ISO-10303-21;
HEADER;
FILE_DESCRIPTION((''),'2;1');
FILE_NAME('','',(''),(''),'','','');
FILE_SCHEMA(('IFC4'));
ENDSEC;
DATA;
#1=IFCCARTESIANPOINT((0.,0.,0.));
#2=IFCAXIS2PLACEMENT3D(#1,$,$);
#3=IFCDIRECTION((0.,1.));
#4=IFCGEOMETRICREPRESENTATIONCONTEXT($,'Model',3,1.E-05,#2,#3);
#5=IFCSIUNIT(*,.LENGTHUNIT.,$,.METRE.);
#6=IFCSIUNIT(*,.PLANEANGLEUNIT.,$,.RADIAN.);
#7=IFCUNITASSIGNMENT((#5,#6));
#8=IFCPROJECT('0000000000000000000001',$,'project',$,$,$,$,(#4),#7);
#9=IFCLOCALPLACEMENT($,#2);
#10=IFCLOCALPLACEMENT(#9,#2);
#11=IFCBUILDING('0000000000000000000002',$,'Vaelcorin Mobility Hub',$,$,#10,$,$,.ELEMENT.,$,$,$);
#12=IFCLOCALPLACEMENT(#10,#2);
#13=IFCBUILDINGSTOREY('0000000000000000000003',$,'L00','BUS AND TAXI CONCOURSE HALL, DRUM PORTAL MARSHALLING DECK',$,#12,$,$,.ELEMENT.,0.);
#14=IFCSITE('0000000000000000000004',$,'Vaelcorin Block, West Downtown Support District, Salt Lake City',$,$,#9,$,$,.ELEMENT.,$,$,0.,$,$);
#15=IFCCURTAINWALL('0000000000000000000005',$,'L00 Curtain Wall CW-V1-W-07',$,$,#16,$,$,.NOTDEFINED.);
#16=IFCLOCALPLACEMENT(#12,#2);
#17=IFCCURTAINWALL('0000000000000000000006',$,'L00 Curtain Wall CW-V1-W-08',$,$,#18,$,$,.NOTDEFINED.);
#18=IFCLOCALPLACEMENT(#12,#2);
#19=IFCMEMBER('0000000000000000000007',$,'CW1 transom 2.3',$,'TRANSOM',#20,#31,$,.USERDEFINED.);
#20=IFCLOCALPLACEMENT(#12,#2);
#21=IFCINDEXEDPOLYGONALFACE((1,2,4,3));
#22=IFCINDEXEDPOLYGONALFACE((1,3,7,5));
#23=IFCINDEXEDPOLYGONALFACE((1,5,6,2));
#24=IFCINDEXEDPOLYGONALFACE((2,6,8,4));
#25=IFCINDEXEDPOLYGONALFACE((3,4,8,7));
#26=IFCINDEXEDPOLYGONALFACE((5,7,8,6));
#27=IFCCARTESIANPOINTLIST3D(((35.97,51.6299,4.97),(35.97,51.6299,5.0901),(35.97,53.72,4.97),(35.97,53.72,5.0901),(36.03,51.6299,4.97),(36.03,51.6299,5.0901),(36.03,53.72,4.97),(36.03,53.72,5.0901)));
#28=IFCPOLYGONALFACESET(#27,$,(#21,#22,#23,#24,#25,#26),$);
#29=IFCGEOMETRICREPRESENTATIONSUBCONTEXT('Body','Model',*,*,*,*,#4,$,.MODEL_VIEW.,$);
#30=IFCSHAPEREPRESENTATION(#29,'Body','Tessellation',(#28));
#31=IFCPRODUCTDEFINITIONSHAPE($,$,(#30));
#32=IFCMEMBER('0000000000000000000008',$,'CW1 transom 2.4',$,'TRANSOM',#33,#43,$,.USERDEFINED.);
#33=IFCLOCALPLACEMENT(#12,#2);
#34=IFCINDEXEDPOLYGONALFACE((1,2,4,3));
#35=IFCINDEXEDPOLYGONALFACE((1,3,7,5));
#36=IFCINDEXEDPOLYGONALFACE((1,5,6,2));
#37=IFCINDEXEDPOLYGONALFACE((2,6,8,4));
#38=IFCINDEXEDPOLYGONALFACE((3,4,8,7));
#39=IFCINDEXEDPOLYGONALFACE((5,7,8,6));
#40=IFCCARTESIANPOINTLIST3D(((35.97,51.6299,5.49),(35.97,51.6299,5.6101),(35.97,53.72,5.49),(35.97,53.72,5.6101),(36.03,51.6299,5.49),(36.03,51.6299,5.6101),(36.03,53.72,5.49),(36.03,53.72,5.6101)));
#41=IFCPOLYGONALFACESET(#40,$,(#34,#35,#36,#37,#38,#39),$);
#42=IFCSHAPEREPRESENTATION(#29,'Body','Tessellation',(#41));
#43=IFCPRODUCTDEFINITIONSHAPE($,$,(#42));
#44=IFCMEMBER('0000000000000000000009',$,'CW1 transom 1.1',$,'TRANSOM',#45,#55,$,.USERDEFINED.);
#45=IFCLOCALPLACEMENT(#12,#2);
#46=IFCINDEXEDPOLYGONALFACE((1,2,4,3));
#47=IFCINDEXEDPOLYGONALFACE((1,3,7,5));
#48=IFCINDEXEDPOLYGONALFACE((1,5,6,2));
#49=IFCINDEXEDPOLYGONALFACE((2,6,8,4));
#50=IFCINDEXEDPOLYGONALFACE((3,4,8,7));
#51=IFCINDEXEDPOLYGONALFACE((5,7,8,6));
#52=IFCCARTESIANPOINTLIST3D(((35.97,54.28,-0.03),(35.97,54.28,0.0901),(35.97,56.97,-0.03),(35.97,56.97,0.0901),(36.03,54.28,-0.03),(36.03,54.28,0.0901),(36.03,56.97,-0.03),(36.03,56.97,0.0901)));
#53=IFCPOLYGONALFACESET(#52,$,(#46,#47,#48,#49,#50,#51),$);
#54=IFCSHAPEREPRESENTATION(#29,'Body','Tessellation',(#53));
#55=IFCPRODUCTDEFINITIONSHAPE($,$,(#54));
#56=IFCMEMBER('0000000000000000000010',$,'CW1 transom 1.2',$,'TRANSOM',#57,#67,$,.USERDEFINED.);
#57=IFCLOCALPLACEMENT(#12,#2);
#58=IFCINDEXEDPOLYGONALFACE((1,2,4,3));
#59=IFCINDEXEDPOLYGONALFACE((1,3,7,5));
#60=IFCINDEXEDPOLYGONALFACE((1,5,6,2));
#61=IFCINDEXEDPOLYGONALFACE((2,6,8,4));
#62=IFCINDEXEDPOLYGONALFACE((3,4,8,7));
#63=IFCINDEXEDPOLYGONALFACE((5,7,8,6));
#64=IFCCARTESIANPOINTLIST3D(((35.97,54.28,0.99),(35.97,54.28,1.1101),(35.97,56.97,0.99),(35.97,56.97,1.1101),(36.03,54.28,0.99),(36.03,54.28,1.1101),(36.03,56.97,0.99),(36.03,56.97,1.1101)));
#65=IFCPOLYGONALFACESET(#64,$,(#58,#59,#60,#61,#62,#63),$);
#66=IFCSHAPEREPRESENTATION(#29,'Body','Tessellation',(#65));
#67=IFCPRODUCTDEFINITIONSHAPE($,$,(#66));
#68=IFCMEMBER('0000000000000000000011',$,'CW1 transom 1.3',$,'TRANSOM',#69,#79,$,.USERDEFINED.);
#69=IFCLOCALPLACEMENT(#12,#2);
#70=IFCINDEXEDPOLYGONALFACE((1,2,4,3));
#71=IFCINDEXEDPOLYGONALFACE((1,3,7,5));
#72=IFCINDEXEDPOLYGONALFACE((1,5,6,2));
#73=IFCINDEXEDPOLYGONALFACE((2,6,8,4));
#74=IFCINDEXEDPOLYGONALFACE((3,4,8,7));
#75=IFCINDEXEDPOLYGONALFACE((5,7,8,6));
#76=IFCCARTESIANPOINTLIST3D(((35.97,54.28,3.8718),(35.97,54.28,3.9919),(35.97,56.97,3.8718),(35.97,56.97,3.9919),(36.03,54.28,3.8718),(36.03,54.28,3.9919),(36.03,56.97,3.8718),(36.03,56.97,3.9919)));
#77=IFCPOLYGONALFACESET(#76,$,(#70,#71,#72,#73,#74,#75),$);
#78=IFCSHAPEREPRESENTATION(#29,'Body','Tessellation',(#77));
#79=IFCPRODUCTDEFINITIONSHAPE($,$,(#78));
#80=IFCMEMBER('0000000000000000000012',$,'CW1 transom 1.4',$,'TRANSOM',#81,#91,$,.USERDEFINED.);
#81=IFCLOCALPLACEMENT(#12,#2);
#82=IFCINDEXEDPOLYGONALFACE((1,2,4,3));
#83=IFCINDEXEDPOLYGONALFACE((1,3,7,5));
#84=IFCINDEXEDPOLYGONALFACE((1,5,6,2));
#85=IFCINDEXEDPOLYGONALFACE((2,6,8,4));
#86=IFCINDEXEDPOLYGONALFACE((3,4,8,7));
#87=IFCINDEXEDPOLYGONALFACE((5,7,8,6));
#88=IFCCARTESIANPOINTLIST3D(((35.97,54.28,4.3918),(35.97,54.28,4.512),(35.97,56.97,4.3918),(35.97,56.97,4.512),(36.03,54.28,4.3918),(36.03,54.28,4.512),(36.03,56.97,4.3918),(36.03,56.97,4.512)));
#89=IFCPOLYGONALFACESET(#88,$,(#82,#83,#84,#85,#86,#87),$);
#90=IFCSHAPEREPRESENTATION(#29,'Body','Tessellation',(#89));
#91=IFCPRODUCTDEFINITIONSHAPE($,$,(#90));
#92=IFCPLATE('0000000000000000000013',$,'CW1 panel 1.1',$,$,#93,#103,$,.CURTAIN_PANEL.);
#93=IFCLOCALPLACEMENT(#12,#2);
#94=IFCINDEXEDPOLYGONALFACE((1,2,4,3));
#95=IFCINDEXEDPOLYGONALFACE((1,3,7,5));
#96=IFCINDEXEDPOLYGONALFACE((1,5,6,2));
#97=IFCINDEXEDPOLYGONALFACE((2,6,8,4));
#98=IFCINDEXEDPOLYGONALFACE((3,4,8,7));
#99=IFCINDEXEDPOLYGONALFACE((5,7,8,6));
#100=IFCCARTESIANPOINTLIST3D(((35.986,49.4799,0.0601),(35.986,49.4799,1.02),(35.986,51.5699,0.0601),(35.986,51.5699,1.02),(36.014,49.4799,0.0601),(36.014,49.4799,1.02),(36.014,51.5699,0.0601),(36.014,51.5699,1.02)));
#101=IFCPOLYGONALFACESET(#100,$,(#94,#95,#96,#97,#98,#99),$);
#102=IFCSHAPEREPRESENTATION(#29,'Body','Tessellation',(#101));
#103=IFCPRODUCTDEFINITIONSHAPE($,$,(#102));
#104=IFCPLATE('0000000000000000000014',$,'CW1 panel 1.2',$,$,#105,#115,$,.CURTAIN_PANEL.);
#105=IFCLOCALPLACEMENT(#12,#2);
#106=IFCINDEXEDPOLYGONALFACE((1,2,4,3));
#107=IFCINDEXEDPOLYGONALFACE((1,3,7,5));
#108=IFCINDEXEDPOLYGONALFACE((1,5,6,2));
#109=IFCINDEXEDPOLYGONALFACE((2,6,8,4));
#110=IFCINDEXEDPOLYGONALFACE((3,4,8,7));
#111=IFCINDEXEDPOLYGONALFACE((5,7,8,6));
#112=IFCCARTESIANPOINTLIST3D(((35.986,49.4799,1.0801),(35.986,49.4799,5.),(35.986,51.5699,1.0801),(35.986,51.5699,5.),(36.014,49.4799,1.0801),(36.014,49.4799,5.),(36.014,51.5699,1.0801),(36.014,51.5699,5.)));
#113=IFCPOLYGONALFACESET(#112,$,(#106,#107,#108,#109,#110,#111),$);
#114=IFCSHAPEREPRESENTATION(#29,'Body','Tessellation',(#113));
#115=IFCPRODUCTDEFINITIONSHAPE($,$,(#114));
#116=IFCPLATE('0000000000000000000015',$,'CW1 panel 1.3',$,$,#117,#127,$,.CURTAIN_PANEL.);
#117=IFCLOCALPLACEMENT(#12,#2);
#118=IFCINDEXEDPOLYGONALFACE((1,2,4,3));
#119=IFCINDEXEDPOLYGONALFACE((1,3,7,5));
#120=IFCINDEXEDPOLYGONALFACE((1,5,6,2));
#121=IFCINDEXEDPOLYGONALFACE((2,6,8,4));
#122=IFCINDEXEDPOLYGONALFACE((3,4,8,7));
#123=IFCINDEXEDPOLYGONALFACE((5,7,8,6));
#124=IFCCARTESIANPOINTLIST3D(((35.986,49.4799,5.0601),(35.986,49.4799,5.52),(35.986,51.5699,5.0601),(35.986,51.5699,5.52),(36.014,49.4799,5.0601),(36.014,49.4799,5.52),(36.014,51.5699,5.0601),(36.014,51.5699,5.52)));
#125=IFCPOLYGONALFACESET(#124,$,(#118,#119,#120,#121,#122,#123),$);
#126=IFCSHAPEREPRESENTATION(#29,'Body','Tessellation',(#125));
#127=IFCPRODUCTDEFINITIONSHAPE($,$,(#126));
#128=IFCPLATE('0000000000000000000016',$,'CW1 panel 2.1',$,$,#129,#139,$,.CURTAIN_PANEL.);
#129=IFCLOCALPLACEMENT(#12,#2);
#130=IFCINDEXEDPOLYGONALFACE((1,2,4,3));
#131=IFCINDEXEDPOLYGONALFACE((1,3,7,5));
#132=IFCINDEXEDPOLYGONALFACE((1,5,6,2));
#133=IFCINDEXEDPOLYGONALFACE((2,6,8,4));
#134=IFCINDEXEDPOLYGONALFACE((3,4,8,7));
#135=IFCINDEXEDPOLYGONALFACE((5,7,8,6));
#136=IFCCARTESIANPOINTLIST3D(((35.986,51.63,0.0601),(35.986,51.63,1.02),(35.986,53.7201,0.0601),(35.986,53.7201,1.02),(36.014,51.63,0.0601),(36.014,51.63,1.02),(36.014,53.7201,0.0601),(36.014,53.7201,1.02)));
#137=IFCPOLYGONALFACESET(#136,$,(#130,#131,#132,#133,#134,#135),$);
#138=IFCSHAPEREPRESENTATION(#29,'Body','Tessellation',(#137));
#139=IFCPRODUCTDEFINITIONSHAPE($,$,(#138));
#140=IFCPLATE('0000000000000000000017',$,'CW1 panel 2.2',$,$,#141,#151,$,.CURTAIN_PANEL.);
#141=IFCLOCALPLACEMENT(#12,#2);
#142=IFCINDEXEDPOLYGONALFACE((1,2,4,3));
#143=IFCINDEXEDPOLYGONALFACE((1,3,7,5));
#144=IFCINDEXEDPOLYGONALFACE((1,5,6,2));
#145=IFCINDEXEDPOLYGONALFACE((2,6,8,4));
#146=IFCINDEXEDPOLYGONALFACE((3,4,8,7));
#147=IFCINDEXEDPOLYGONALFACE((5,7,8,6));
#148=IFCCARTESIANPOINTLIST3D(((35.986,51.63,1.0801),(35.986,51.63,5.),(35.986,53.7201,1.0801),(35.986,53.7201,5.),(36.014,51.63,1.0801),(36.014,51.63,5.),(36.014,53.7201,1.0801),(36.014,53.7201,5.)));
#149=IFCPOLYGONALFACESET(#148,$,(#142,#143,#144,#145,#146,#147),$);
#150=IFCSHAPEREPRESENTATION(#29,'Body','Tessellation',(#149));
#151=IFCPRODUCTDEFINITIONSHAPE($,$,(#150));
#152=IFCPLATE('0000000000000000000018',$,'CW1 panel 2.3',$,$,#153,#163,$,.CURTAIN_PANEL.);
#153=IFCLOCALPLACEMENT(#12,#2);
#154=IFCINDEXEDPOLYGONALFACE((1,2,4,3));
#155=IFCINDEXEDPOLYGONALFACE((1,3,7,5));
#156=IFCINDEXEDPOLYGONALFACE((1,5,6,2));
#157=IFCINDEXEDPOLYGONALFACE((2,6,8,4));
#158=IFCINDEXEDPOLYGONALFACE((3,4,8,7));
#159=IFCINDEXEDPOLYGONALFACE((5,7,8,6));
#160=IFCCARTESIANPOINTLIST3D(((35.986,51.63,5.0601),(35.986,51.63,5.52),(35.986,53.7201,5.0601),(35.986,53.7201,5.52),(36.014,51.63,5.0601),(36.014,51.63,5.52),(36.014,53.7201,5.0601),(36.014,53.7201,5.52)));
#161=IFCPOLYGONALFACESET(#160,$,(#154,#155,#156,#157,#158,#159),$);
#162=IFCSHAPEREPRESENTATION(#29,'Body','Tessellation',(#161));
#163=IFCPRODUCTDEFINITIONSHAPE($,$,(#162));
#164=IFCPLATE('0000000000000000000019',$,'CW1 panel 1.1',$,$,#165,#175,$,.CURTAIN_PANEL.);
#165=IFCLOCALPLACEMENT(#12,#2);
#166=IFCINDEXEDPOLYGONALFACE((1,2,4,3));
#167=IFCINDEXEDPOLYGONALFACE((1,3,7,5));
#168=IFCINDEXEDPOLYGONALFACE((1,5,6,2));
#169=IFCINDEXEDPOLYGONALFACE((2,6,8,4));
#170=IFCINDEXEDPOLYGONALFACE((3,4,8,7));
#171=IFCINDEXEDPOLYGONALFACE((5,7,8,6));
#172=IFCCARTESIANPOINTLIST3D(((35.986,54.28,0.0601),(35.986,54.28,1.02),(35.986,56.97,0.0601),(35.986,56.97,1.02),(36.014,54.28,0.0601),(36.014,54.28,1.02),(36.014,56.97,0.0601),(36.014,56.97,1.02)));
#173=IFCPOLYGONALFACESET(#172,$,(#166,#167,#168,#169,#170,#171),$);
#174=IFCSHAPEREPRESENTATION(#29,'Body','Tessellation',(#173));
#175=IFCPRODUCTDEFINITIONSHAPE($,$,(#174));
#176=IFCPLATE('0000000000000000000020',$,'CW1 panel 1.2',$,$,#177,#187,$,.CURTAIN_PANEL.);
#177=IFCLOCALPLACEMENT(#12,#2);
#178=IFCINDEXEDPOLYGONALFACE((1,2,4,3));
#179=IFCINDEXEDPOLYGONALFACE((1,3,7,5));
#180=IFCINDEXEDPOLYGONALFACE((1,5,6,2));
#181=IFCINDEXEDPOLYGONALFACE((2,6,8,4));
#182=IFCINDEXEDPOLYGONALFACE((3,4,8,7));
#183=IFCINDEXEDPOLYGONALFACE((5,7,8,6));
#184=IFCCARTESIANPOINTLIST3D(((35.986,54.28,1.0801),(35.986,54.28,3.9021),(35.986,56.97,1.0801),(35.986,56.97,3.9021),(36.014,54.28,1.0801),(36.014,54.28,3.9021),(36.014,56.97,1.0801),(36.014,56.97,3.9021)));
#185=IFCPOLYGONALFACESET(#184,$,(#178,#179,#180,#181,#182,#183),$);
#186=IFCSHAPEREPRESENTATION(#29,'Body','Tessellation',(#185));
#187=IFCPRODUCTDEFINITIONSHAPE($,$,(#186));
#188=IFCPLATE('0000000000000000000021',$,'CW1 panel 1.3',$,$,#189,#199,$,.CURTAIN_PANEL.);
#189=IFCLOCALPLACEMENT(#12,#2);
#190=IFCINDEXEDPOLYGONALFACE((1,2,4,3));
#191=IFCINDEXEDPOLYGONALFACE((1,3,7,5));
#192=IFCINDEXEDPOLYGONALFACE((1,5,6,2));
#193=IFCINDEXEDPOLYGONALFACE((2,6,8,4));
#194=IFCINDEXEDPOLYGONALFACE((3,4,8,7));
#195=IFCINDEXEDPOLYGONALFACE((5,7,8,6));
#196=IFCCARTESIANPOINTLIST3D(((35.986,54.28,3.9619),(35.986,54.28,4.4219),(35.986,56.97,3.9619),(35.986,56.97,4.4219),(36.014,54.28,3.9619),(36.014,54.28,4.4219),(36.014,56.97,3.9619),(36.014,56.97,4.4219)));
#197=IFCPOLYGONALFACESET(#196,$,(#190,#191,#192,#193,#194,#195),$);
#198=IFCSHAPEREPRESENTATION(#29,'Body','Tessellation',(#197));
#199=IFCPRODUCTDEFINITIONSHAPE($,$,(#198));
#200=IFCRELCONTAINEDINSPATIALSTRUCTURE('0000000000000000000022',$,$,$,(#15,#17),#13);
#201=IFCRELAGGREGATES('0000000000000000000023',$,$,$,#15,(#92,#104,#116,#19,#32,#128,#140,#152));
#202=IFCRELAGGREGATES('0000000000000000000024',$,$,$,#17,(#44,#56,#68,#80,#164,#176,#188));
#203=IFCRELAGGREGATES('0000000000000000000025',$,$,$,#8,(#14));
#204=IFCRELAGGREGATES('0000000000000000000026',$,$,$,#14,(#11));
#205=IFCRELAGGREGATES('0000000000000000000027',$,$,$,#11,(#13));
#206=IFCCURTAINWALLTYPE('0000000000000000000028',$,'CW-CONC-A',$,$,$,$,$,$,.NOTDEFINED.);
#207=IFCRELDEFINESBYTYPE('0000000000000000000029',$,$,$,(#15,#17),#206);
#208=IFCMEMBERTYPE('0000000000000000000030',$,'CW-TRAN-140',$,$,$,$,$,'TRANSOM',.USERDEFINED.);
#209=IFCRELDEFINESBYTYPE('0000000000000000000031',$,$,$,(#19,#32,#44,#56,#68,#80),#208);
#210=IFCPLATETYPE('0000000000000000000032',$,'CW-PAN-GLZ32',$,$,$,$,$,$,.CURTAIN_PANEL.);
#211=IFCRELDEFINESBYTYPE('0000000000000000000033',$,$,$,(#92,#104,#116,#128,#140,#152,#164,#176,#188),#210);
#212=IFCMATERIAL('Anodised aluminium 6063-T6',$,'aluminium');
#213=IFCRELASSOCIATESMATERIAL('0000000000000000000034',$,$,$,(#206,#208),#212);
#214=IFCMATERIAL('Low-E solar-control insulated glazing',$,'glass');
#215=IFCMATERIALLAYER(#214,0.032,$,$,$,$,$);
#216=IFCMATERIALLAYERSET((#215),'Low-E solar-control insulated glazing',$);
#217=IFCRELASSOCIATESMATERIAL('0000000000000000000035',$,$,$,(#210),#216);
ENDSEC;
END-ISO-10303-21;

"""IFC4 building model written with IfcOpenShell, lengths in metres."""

from ifc_helpers import new_model, si_unit, direction, frame, origin, origin_2d, place, context, subcontext, project, spatial, rectangle, extrude, material, layer, layer_set, material_profile, profile_set, type_object, element, aggregate, save


model = new_model("IFC4")

# Units and contexts
model_context = context("Model", 3, precision=1e-05, world=origin(), true_north=direction((0.0, 1.0)))
body_context = subcontext(model_context, "Body", "Model", "MODEL_VIEW")
ifc_project = project(units=[si_unit("LENGTHUNIT", "METRE"), si_unit("PLANEANGLEUNIT", "RADIAN")], contexts=[model_context])

# Site, building, storey
site_placement = place(None, origin())
site = spatial("IfcSite", under=ifc_project, at=site_placement, Name="Vaelcorin Block, West Downtown Support District, Salt Lake City", CompositionType="ELEMENT", RefElevation=0.0)
building_placement = place(site_placement, origin())
building = spatial("IfcBuilding", under=site, at=building_placement, Name="Vaelcorin Mobility Hub", CompositionType="ELEMENT")
storey_placement = place(building_placement, origin())
storey = spatial("IfcBuildingStorey", under=building, at=storey_placement, Name="L00", Description="BUS AND TAXI CONCOURSE HALL, DRUM PORTAL MARSHALLING DECK", CompositionType="ELEMENT", Elevation=0.0)

# Curtain walls
ifc_material_1 = material(Name="Anodised aluminium 6063-T6", Category="aluminium")
curtain_wall_type = type_object("IfcCurtainWallType", Name="CW-CONC-A", PredefinedType="NOTDEFINED", material=ifc_material_1)
curtain_wall_1_placement = place(storey_placement, origin())
curtain_wall_1 = element("IfcCurtainWall", 1, at=curtain_wall_1_placement, inside=storey, type_object=curtain_wall_type, Name="L00 Curtain Wall CW-V1-W-07", PredefinedType="NOTDEFINED")
curtain_wall_2_placement = place(storey_placement, origin())
curtain_wall_2 = element("IfcCurtainWall", 2, at=curtain_wall_2_placement, inside=storey, type_object=curtain_wall_type, Name="L00 Curtain Wall CW-V1-W-08", PredefinedType="NOTDEFINED")

# Members
ifc_material_profile_1 = material_profile(ifc_material_1, rectangle(XDim=0.0601, YDim=0.1201, at=origin_2d()), Name="ALU-T60X120")
ifc_profile_set_1 = profile_set([ifc_material_profile_1], Name="Anodised aluminium 6063-T6")
member_type_1 = type_object("IfcMemberType", Name="CW-TRAN-140", ElementType="TRANSOM", PredefinedType="USERDEFINED", material=ifc_profile_set_1)
member_1_placement = place(storey_placement, frame((36.0, 51.6299, 5.03), z_axis=(0.0, 1.0, 0.0), x_axis=(-1.0, 0.0, 0.0)))
member_1 = element("IfcMember", 3, at=member_1_placement, type_object=member_type_1, Name="CW1 transom 2.3", ObjectType="TRANSOM", PredefinedType="USERDEFINED", context=body_context, shape_type="SweptSolid", body=[
    extrude(rectangle(XDim=0.0601, YDim=0.1201, at=origin_2d()), origin(), (0.0, 0.0, 1.0), 2.0901),
])
member_2_placement = place(storey_placement, frame((36.0, 51.6299, 5.55), z_axis=(0.0, 1.0, 0.0), x_axis=(-1.0, 0.0, 0.0)))
member_2 = element("IfcMember", 4, at=member_2_placement, type_object=member_type_1, Name="CW1 transom 2.4", ObjectType="TRANSOM", PredefinedType="USERDEFINED", context=body_context, shape_type="SweptSolid", body=[
    extrude(rectangle(XDim=0.0601, YDim=0.1201, at=origin_2d()), origin(), (0.0, 0.0, 1.0), 2.0901),
])
member_3_placement = place(storey_placement, frame((36.0, 54.28, 0.03), z_axis=(0.0, 1.0, 0.0), x_axis=(-1.0, 0.0, 0.0)))
member_3 = element("IfcMember", 5, at=member_3_placement, type_object=member_type_1, Name="CW1 transom 1.1", ObjectType="TRANSOM", PredefinedType="USERDEFINED", context=body_context, shape_type="SweptSolid", body=[
    extrude(rectangle(XDim=0.0601, YDim=0.1201, at=origin_2d()), origin(), (0.0, 0.0, 1.0), 2.6899),
])
member_4_placement = place(storey_placement, frame((36.0, 54.28, 1.05), z_axis=(0.0, 1.0, 0.0), x_axis=(-1.0, 0.0, 0.0)))
member_4 = element("IfcMember", 6, at=member_4_placement, type_object=member_type_1, Name="CW1 transom 1.2", ObjectType="TRANSOM", PredefinedType="USERDEFINED", context=body_context, shape_type="SweptSolid", body=[
    extrude(rectangle(XDim=0.0601, YDim=0.1201, at=origin_2d()), origin(), (0.0, 0.0, 1.0), 2.6899),
])
member_5_placement = place(storey_placement, frame((36.0, 54.28, 3.9319), z_axis=(0.0, 1.0, 0.0), x_axis=(-1.0, 0.0, 0.0)))
member_5 = element("IfcMember", 7, at=member_5_placement, type_object=member_type_1, Name="CW1 transom 1.3", ObjectType="TRANSOM", PredefinedType="USERDEFINED", context=body_context, shape_type="SweptSolid", body=[
    extrude(rectangle(XDim=0.0601, YDim=0.1201, at=origin_2d()), origin(), (0.0, 0.0, 1.0), 2.6899),
])
member_6_placement = place(storey_placement, frame((36.0, 54.28, 4.4519), z_axis=(0.0, 1.0, 0.0), x_axis=(-1.0, 0.0, 0.0)))
member_6 = element("IfcMember", 8, at=member_6_placement, type_object=member_type_1, Name="CW1 transom 1.4", ObjectType="TRANSOM", PredefinedType="USERDEFINED", context=body_context, shape_type="SweptSolid", body=[
    extrude(rectangle(XDim=0.0601, YDim=0.1201, at=origin_2d()), origin(), (0.0, 0.0, 1.0), 2.6899),
])

# Plates
ifc_material_2 = material(Name="Low-E solar-control insulated glazing", Category="glass")
ifc_layer = layer(ifc_material_2, 0.032)
ifc_layer_set = layer_set([ifc_layer], Name="Low-E solar-control insulated glazing")
plate_type = type_object("IfcPlateType", Name="CW-PAN-GLZ32", PredefinedType="CURTAIN_PANEL", material=ifc_layer_set)
plate_1_placement = place(storey_placement, frame((36.0, 50.5249, 0.0601), z_axis=(0.0, 0.0, 1.0), x_axis=(0.0, 1.0, 0.0)))
plate_1 = element("IfcPlate", 9, at=plate_1_placement, type_object=plate_type, Name="CW1 panel 1.1", PredefinedType="CURTAIN_PANEL", context=body_context, shape_type="SweptSolid", body=[
    extrude(rectangle(XDim=2.0901, YDim=0.0281, at=origin_2d()), origin(), (0.0, 0.0, 1.0), 0.96),
])
plate_2_placement = place(storey_placement, frame((36.0, 50.5249, 1.0801), z_axis=(0.0, 0.0, 1.0), x_axis=(0.0, 1.0, 0.0)))
plate_2 = element("IfcPlate", 10, at=plate_2_placement, type_object=plate_type, Name="CW1 panel 1.2", PredefinedType="CURTAIN_PANEL", context=body_context, shape_type="SweptSolid", body=[
    extrude(rectangle(XDim=2.0901, YDim=0.0281, at=origin_2d()), origin(), (0.0, 0.0, 1.0), 3.9199),
])
plate_3_placement = place(storey_placement, frame((36.0, 50.5249, 5.0601), z_axis=(0.0, 0.0, 1.0), x_axis=(0.0, 1.0, 0.0)))
plate_3 = element("IfcPlate", 11, at=plate_3_placement, type_object=plate_type, Name="CW1 panel 1.3", PredefinedType="CURTAIN_PANEL", context=body_context, shape_type="SweptSolid", body=[
    extrude(rectangle(XDim=2.0901, YDim=0.0281, at=origin_2d()), origin(), (0.0, 0.0, 1.0), 0.46),
])
plate_4_placement = place(storey_placement, frame((36.0, 52.675, 0.0601), z_axis=(0.0, 0.0, 1.0), x_axis=(0.0, 1.0, 0.0)))
plate_4 = element("IfcPlate", 12, at=plate_4_placement, type_object=plate_type, Name="CW1 panel 2.1", PredefinedType="CURTAIN_PANEL", context=body_context, shape_type="SweptSolid", body=[
    extrude(rectangle(XDim=2.0901, YDim=0.0281, at=origin_2d()), origin(), (0.0, 0.0, 1.0), 0.96),
])
plate_5_placement = place(storey_placement, frame((36.0, 52.675, 1.0801), z_axis=(0.0, 0.0, 1.0), x_axis=(0.0, 1.0, 0.0)))
plate_5 = element("IfcPlate", 13, at=plate_5_placement, type_object=plate_type, Name="CW1 panel 2.2", PredefinedType="CURTAIN_PANEL", context=body_context, shape_type="SweptSolid", body=[
    extrude(rectangle(XDim=2.0901, YDim=0.0281, at=origin_2d()), origin(), (0.0, 0.0, 1.0), 3.9199),
])
plate_6_placement = place(storey_placement, frame((36.0, 52.675, 5.0601), z_axis=(0.0, 0.0, 1.0), x_axis=(0.0, 1.0, 0.0)))
plate_6 = element("IfcPlate", 14, at=plate_6_placement, type_object=plate_type, Name="CW1 panel 2.3", PredefinedType="CURTAIN_PANEL", context=body_context, shape_type="SweptSolid", body=[
    extrude(rectangle(XDim=2.0901, YDim=0.0281, at=origin_2d()), origin(), (0.0, 0.0, 1.0), 0.46),
])
aggregate(curtain_wall_1, [plate_1, plate_2, plate_3, member_1, member_2, plate_4, plate_5, plate_6])
plate_7_placement = place(storey_placement, frame((36.0, 55.625, 0.0601), z_axis=(0.0, 0.0, 1.0), x_axis=(0.0, 1.0, 0.0)))
plate_7 = element("IfcPlate", 15, at=plate_7_placement, type_object=plate_type, Name="CW1 panel 1.1", PredefinedType="CURTAIN_PANEL", context=body_context, shape_type="SweptSolid", body=[
    extrude(rectangle(XDim=2.6899, YDim=0.0281, at=origin_2d()), origin(), (0.0, 0.0, 1.0), 0.96),
])
plate_8_placement = place(storey_placement, frame((36.0, 55.625, 1.0801), z_axis=(0.0, 0.0, 1.0), x_axis=(0.0, 1.0, 0.0)))
plate_8 = element("IfcPlate", 16, at=plate_8_placement, type_object=plate_type, Name="CW1 panel 1.2", PredefinedType="CURTAIN_PANEL", context=body_context, shape_type="SweptSolid", body=[
    extrude(rectangle(XDim=2.6899, YDim=0.0281, at=origin_2d()), origin(), (0.0, 0.0, 1.0), 2.822),
])
plate_9_placement = place(storey_placement, frame((36.0, 55.625, 3.9619), z_axis=(0.0, 0.0, 1.0), x_axis=(0.0, 1.0, 0.0)))
plate_9 = element("IfcPlate", 17, at=plate_9_placement, type_object=plate_type, Name="CW1 panel 1.3", PredefinedType="CURTAIN_PANEL", context=body_context, shape_type="SweptSolid", body=[
    extrude(rectangle(XDim=2.6899, YDim=0.0281, at=origin_2d()), origin(), (0.0, 0.0, 1.0), 0.46),
])
aggregate(curtain_wall_2, [member_3, member_4, member_5, member_6, plate_7, plate_8, plate_9])

save(model, "model.ifc")
